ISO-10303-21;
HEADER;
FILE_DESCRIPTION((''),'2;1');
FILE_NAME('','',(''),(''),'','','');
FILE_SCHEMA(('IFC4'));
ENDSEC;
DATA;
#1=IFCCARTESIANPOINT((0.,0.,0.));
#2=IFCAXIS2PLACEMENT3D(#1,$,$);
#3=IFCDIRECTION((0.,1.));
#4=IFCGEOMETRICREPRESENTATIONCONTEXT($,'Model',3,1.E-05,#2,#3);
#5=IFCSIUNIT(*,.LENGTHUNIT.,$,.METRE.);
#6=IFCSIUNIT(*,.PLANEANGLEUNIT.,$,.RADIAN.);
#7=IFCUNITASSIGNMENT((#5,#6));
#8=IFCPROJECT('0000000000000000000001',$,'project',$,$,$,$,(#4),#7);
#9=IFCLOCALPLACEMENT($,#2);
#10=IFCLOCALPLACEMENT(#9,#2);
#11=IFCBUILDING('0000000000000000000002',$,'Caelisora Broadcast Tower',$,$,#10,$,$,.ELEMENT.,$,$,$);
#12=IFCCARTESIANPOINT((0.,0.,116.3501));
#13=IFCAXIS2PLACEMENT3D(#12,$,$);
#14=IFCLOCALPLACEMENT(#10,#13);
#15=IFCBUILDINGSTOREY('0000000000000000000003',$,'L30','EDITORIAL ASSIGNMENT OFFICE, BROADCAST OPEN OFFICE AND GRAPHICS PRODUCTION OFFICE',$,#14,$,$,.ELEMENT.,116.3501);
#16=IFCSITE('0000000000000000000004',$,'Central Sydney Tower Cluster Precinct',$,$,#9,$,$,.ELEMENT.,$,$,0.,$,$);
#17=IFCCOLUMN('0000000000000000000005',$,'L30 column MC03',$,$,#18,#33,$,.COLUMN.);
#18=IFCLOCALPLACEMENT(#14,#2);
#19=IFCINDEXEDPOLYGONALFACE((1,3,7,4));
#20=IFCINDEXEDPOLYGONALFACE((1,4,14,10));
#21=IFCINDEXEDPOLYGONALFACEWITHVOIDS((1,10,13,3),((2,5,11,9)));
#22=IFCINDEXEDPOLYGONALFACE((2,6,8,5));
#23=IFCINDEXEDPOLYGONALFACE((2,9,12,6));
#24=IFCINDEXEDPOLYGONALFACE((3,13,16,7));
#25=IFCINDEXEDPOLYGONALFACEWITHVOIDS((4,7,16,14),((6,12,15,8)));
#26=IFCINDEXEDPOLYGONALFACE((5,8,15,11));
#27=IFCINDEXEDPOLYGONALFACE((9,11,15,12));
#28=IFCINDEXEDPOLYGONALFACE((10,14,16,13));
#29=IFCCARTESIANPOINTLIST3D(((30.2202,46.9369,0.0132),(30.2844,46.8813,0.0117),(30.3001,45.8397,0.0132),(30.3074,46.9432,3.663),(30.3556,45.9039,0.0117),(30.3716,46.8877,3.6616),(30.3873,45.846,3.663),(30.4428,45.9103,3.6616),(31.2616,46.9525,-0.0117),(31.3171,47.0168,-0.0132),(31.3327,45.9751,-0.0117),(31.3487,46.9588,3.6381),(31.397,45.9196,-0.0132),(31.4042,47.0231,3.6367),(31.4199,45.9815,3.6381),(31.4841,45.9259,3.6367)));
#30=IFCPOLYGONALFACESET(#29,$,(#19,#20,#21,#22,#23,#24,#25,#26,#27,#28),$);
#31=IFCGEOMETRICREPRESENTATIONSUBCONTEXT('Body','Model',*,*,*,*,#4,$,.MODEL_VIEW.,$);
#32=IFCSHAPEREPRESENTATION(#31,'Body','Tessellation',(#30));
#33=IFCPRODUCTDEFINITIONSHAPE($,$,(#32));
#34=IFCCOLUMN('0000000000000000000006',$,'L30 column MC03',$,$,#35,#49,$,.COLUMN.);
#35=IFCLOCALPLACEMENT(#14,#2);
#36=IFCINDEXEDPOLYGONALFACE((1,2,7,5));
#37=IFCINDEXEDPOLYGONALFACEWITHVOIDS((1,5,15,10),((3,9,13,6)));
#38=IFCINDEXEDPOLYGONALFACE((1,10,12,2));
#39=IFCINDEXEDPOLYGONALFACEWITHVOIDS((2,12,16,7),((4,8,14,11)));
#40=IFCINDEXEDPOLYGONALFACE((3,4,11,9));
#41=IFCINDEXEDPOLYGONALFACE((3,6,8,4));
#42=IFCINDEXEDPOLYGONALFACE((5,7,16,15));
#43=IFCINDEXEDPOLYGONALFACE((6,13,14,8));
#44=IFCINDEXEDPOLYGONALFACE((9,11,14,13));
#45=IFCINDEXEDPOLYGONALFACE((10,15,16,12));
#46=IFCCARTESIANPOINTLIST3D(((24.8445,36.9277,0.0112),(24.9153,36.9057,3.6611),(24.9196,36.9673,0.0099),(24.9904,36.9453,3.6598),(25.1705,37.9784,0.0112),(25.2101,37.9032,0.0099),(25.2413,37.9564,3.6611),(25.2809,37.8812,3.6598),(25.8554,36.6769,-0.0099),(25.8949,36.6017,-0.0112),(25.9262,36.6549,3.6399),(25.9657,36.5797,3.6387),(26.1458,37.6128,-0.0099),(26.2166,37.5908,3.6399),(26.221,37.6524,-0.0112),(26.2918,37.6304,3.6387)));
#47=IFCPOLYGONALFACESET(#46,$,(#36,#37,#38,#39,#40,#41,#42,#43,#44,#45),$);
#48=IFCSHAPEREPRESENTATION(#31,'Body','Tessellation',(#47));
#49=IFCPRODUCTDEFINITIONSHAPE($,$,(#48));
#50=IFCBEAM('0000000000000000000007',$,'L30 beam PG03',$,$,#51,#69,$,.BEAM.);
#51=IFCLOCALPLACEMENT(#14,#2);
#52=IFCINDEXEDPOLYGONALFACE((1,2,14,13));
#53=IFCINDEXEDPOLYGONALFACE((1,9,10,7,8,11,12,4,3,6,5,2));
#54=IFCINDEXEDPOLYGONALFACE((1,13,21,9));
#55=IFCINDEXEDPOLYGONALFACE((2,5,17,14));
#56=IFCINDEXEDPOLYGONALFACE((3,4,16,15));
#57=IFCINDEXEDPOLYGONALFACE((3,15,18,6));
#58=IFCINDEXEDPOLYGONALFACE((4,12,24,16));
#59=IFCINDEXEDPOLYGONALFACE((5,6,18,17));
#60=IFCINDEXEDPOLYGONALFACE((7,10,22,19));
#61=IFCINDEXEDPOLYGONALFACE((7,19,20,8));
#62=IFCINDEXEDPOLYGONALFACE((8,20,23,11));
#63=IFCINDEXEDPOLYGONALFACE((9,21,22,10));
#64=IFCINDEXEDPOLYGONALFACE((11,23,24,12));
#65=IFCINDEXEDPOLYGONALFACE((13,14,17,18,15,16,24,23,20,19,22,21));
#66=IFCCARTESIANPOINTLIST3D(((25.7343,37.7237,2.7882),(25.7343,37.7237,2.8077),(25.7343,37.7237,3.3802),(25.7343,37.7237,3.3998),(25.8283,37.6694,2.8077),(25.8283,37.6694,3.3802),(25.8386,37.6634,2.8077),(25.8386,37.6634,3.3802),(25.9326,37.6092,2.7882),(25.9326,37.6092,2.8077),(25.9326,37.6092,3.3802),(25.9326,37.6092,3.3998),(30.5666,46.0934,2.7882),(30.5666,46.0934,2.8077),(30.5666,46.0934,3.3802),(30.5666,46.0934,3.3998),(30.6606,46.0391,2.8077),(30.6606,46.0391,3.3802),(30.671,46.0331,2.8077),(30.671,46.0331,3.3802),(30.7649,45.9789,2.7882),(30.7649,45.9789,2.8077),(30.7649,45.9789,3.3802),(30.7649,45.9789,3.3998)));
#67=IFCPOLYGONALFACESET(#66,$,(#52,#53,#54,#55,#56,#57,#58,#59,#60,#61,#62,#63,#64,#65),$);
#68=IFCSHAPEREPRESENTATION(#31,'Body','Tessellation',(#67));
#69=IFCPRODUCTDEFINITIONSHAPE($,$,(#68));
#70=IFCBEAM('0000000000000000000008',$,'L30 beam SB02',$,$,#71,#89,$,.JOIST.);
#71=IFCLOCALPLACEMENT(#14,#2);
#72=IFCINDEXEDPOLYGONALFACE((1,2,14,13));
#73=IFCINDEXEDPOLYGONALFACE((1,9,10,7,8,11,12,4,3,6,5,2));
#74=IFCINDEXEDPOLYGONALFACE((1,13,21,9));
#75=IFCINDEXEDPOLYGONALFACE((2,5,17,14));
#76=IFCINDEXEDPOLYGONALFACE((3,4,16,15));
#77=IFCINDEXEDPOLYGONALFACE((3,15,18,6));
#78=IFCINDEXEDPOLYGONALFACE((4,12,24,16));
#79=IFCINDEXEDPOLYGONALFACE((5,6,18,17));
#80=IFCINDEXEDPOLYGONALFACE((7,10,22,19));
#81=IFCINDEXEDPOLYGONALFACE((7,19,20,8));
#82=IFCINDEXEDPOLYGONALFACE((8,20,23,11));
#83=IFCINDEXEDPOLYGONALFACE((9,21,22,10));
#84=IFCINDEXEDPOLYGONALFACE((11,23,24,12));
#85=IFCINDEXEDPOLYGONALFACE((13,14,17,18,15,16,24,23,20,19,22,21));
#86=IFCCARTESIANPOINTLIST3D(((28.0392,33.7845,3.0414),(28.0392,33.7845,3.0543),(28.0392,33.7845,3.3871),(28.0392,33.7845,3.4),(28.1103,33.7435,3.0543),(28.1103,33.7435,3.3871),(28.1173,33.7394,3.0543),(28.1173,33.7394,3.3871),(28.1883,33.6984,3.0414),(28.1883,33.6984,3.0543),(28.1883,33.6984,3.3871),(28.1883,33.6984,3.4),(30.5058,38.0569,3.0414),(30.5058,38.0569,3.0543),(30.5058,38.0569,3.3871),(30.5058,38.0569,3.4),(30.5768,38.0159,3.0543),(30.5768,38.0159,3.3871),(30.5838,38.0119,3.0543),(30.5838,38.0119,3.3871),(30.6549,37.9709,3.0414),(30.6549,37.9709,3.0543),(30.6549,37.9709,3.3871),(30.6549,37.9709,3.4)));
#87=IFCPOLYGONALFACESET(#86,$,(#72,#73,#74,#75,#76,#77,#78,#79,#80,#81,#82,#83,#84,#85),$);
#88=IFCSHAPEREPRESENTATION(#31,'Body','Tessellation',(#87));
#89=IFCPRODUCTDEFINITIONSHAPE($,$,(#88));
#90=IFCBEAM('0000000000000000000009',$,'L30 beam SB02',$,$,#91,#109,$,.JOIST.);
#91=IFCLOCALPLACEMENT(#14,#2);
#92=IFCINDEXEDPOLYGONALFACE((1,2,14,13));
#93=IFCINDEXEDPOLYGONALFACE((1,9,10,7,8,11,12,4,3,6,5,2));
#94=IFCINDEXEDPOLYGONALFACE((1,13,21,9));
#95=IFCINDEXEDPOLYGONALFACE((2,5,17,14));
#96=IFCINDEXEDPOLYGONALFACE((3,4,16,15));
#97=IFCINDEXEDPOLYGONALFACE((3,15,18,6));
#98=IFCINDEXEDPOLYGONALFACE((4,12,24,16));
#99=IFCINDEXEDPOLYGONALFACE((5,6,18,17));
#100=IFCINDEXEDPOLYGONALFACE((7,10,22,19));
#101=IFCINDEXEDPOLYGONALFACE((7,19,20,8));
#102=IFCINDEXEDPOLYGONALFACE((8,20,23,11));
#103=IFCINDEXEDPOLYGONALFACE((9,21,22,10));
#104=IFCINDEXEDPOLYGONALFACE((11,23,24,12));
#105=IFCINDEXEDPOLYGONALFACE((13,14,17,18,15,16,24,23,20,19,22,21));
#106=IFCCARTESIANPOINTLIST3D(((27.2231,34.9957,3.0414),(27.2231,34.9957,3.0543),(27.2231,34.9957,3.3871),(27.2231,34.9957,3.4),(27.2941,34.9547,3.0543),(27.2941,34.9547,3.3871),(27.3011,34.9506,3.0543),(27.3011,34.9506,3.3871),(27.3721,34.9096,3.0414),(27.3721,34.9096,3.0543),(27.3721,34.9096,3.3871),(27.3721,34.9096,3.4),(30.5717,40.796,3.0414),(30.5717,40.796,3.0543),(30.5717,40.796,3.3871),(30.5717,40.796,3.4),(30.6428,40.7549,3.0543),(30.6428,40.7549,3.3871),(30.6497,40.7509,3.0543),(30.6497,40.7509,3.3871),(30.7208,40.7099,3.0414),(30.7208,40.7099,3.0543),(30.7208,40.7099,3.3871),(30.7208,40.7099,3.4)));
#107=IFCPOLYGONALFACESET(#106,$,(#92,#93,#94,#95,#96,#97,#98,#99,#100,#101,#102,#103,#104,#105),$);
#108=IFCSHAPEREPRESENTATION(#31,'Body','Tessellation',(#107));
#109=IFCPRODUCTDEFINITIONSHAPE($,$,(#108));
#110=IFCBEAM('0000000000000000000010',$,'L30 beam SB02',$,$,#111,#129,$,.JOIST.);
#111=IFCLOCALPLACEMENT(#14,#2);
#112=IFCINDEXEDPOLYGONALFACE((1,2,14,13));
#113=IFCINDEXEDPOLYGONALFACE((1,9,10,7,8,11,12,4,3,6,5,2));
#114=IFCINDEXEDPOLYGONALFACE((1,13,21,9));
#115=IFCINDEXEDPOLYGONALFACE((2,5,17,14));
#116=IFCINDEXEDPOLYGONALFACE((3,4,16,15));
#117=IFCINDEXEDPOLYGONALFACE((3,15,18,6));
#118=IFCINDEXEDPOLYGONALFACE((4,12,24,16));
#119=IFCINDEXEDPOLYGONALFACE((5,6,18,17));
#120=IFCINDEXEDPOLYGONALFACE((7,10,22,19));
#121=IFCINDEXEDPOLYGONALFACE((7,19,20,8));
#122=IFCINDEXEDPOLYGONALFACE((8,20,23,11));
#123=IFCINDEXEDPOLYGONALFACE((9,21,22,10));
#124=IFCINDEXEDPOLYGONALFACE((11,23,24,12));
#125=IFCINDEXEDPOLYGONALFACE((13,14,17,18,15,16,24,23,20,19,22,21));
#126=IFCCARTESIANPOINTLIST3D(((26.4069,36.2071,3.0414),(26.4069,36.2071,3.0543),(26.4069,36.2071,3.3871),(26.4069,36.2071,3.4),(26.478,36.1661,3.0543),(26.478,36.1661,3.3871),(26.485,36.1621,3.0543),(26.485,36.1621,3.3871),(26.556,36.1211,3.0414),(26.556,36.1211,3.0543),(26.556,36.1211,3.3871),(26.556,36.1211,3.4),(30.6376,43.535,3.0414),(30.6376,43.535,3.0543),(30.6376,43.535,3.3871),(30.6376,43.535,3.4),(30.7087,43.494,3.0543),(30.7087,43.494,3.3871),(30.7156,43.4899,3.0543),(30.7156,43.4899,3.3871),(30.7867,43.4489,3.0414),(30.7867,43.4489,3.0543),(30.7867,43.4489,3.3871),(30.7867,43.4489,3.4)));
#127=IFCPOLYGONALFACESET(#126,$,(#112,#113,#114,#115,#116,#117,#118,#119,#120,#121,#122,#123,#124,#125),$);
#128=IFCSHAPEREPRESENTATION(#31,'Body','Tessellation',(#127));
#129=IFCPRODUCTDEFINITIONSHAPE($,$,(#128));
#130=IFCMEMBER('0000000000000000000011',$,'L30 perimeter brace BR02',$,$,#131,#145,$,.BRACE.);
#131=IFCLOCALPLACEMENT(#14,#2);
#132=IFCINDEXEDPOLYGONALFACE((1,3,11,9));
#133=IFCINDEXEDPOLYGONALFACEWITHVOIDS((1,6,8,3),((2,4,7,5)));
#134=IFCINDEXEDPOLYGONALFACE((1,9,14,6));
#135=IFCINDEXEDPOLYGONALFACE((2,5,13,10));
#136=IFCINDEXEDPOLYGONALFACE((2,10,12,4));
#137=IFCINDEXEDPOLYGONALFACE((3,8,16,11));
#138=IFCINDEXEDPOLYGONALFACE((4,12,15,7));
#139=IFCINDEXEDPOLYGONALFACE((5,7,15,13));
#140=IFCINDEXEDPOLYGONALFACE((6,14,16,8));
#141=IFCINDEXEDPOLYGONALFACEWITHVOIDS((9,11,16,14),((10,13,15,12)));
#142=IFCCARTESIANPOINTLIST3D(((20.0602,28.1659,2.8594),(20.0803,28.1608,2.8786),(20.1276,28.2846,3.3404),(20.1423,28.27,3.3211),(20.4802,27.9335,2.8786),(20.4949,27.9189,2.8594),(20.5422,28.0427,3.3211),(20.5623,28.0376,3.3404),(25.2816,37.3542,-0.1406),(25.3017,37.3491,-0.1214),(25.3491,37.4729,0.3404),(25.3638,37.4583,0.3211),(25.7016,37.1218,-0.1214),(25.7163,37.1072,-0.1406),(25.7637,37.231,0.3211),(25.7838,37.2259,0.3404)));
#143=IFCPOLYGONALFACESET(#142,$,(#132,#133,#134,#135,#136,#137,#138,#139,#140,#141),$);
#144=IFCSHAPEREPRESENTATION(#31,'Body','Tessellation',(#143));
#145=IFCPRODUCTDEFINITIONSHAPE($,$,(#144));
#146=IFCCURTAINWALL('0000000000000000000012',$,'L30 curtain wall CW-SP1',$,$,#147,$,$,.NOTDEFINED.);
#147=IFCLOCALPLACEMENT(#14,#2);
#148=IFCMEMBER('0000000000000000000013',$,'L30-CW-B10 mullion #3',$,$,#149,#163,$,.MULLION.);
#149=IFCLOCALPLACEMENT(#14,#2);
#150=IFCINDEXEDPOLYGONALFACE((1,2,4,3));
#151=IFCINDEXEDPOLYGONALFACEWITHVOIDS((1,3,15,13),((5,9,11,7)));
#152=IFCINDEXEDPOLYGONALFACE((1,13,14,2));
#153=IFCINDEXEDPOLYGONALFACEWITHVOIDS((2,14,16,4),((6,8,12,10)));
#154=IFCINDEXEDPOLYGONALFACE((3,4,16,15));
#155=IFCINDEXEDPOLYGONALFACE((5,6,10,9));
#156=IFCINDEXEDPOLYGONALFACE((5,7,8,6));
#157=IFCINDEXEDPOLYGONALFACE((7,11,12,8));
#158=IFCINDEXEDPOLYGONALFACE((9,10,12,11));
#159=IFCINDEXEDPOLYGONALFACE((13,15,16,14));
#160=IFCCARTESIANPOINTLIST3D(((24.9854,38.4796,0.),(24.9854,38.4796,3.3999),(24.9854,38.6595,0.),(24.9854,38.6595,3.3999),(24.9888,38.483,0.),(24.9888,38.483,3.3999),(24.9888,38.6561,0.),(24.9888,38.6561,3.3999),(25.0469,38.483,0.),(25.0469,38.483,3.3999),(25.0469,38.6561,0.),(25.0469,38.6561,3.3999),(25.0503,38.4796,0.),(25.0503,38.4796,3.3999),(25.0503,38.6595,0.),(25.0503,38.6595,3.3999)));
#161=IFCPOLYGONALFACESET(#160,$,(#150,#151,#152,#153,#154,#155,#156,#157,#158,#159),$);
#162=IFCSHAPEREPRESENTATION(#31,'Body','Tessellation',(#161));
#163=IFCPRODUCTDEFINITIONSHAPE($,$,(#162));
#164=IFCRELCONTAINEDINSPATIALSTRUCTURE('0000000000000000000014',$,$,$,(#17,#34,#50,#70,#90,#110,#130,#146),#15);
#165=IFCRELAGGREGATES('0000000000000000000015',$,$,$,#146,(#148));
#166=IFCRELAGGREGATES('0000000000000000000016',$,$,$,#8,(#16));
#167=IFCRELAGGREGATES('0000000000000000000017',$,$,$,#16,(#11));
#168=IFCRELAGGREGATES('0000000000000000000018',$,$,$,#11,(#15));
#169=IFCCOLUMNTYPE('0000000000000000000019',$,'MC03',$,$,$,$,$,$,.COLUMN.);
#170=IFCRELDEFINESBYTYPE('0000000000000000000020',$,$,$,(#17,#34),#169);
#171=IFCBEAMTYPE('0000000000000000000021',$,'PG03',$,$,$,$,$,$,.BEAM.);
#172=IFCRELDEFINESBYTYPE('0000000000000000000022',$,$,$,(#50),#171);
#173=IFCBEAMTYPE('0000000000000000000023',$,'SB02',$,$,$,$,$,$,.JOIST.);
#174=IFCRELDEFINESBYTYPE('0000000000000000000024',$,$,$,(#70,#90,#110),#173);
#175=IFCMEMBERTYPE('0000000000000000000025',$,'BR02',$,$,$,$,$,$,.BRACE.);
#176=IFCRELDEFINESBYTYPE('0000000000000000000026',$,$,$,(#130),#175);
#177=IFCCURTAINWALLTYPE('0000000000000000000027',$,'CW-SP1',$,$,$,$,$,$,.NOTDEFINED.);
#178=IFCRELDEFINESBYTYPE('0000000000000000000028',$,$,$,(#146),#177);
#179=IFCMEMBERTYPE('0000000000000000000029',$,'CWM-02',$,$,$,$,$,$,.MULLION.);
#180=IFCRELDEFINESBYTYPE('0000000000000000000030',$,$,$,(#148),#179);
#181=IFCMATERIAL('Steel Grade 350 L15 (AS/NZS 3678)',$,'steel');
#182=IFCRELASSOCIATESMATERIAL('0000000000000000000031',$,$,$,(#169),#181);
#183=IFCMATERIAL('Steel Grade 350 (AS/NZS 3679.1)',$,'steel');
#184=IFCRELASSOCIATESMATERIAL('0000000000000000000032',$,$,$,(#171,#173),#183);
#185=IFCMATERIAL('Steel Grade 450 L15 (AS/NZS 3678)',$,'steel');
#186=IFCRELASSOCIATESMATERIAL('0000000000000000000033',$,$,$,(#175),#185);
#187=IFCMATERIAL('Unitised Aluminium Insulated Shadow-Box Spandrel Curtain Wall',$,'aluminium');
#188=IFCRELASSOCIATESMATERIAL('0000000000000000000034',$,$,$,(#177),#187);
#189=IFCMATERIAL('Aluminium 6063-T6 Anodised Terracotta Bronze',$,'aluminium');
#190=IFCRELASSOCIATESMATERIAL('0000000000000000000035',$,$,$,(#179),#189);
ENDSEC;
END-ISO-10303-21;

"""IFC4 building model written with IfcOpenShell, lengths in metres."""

from ifc_helpers import new_model, si_unit, direction, frame, origin, origin_2d, place, context, subcontext, project, spatial, hollow_rectangle, i_section, extrude, source, transform, mapped, material, material_profile, profile_set, type_object, type_shapes, element, aggregate, save


model = new_model("IFC4")

# Units and contexts
model_context = context("Model", 3, precision=1e-05, world=origin(), true_north=direction((0.0, 1.0)))
body_context = subcontext(model_context, "Body", "Model", "MODEL_VIEW")
ifc_project = project(units=[si_unit("LENGTHUNIT", "METRE"), si_unit("PLANEANGLEUNIT", "RADIAN")], contexts=[model_context])

# Site, building, storey
site_placement = place(None, origin())
site = spatial("IfcSite", under=ifc_project, at=site_placement, Name="Central Sydney Tower Cluster Precinct", CompositionType="ELEMENT", RefElevation=0.0)
building_placement = place(site_placement, origin())
building = spatial("IfcBuilding", under=site, at=building_placement, Name="Caelisora Broadcast Tower", CompositionType="ELEMENT")
storey_placement = place(building_placement, frame((0.0, 0.0, 116.3501)))
storey = spatial("IfcBuildingStorey", under=building, at=storey_placement, Name="L30", Description="EDITORIAL ASSIGNMENT OFFICE, BROADCAST OPEN OFFICE AND GRAPHICS PRODUCTION OFFICE", CompositionType="ELEMENT", Elevation=116.3501)

# Columns
ifc_material_1 = material(Name="Steel Grade 350 L15 (AS/NZS 3678)", Category="steel")
ifc_material_profile_1 = material_profile(ifc_material_1, hollow_rectangle(XDim=1.1001, YDim=1.1001, WallThickness=0.0601, at=origin_2d()), Name="Steel Grade 350 L15 (AS/NZS 3678)")
ifc_profile_set_1 = profile_set([ifc_material_profile_1], Name="Steel Grade 350 L15 (AS/NZS 3678)")
column_type = type_object("IfcColumnType", Name="MC03", PredefinedType="COLUMN", material=ifc_profile_set_1)
shared_shape_1 = source(origin(), body_context, "Body", "SweptSolid", [
    extrude(hollow_rectangle(XDim=1.1001, YDim=1.1001, WallThickness=0.0601, at=origin_2d()), origin(), (0.0, 0.0, 1.0), 3.6509),
])
column_1_placement = place(storey_placement, frame((30.8086, 46.4282, 0.0), z_axis=(0.023873, 0.001739, 0.999713), x_axis=(-0.072637, 0.997358, 0.0)))
element("IfcColumn", 1, at=column_1_placement, inside=storey, type_object=column_type, Name="L30 column MC03", PredefinedType="COLUMN", context=body_context, shape_type="MappedRepresentation", body=[
    mapped(shared_shape_1, transform((0.0, 0.0, 0.0), scale=1.0)),
])
shared_shape_2 = source(origin(), body_context, "Body", "SweptSolid", [
    extrude(hollow_rectangle(XDim=1.1001, YDim=1.1001, WallThickness=0.0601, at=origin_2d()), origin(), (0.0, 0.0, 1.0), 3.6506),
])
type_shapes(column_type, [shared_shape_1, shared_shape_2])
column_2_placement = place(storey_placement, frame((25.5327, 37.29, 0.0), z_axis=(0.019394, -0.006019, 0.999794), x_axis=(0.296399, 0.955064, 0.0)))
element("IfcColumn", 2, at=column_2_placement, inside=storey, type_object=column_type, Name="L30 column MC03", PredefinedType="COLUMN", context=body_context, shape_type="MappedRepresentation", body=[
    mapped(shared_shape_2, transform((0.0, 0.0, 0.0), scale=1.0)),
])

# Beams
ifc_material_2 = material(Name="Steel Grade 350 (AS/NZS 3679.1)", Category="steel")
ifc_material_profile_2 = material_profile(ifc_material_2, i_section(OverallWidth=0.229, OverallDepth=0.6116, WebThickness=0.012, FlangeThickness=0.0195, at=origin_2d()), Name="Steel Grade 350 (AS/NZS 3679.1)")
ifc_profile_set_2 = profile_set([ifc_material_profile_2], Name="Steel Grade 350 (AS/NZS 3679.1)")
beam_type_1 = type_object("IfcBeamType", Name="PG03", PredefinedType="BEAM", material=ifc_profile_set_2)
shared_shape_3 = source(origin(), body_context, "Body", "SweptSolid", [
    extrude(i_section(OverallWidth=0.229, OverallDepth=0.6116, WebThickness=0.012, FlangeThickness=0.0195, at=origin_2d()), origin(), (0.0, 0.0, 1.0), 9.6646),
])
type_shapes(beam_type_1, [shared_shape_3])
beam_1_placement = place(storey_placement, frame((30.6658, 46.0361, 3.094), z_axis=(-0.500005, -0.866022, 0.0), x_axis=(0.866022, -0.500005, 0.0)))
element("IfcBeam", 3, at=beam_1_placement, inside=storey, type_object=beam_type_1, Name="L30 beam PG03", PredefinedType="BEAM", context=body_context, shape_type="MappedRepresentation", body=[
    mapped(shared_shape_3, transform((0.0, 0.0, 0.0), scale=1.0)),
])
ifc_material_profile_3 = material_profile(ifc_material_2, i_section(OverallWidth=0.1721, OverallDepth=0.3586, WebThickness=0.0081, FlangeThickness=0.0129, at=origin_2d()), Name="Steel Grade 350 (AS/NZS 3679.1)")
ifc_profile_set_3 = profile_set([ifc_material_profile_3], Name="Steel Grade 350 (AS/NZS 3679.1)")
beam_type_2 = type_object("IfcBeamType", Name="SB02", PredefinedType="JOIST", material=ifc_profile_set_3)
shared_shape_4 = source(origin(), body_context, "Body", "SweptSolid", [
    extrude(i_section(OverallWidth=0.1721, OverallDepth=0.3586, WebThickness=0.0081, FlangeThickness=0.0129, at=origin_2d()), origin(), (0.0, 0.0, 1.0), 4.9333),
])
beam_2_placement = place(storey_placement, frame((30.5803, 38.0139, 3.2207), z_axis=(-0.499977, -0.866039, 0.0), x_axis=(0.866039, -0.499977, 0.0)))
element("IfcBeam", 4, at=beam_2_placement, inside=storey, type_object=beam_type_2, Name="L30 beam SB02", PredefinedType="JOIST", context=body_context, shape_type="MappedRepresentation", body=[
    mapped(shared_shape_4, transform((0.0, 0.0, 0.0), scale=1.0)),
])
shared_shape_5 = source(origin(), body_context, "Body", "SweptSolid", [
    extrude(i_section(OverallWidth=0.1721, OverallDepth=0.3586, WebThickness=0.0081, FlangeThickness=0.0129, at=origin_2d()), origin(), (0.0, 0.0, 1.0), 6.6975),
])
beam_3_placement = place(storey_placement, frame((30.6462, 40.7529, 3.2207), z_axis=(-0.499981, -0.866036, 0.0), x_axis=(0.866036, -0.499981, 0.0)))
element("IfcBeam", 5, at=beam_3_placement, inside=storey, type_object=beam_type_2, Name="L30 beam SB02", PredefinedType="JOIST", context=body_context, shape_type="MappedRepresentation", body=[
    mapped(shared_shape_5, transform((0.0, 0.0, 0.0), scale=1.0)),
])
shared_shape_6 = source(origin(), body_context, "Body", "SweptSolid", [
    extrude(i_section(OverallWidth=0.1721, OverallDepth=0.3586, WebThickness=0.0081, FlangeThickness=0.0129, at=origin_2d()), origin(), (0.0, 0.0, 1.0), 8.4614),
])
type_shapes(beam_type_2, [shared_shape_4, shared_shape_5, shared_shape_6])
beam_4_placement = place(storey_placement, frame((30.7122, 43.4919, 3.2207), z_axis=(-0.499996, -0.866028, 0.0), x_axis=(0.866028, -0.499996, 0.0)))
element("IfcBeam", 6, at=beam_4_placement, inside=storey, type_object=beam_type_2, Name="L30 beam SB02", PredefinedType="JOIST", context=body_context, shape_type="MappedRepresentation", body=[
    mapped(shared_shape_6, transform((0.0, 0.0, 0.0), scale=1.0)),
])

# Member
ifc_material_3 = material(Name="Steel Grade 450 L15 (AS/NZS 3678)", Category="steel")
ifc_material_profile_4 = material_profile(ifc_material_3, hollow_rectangle(XDim=0.5, YDim=0.5, WallThickness=0.02, at=origin_2d()), Name="Steel Grade 450 L15 (AS/NZS 3678)")
ifc_profile_set_4 = profile_set([ifc_material_profile_4], Name="Steel Grade 450 L15 (AS/NZS 3678)")
member_type_1 = type_object("IfcMemberType", Name="BR02", PredefinedType="BRACE", material=ifc_profile_set_4)
shared_shape_7 = source(origin(), body_context, "Body", "SweptSolid", [
    extrude(hollow_rectangle(XDim=0.5, YDim=0.5, WallThickness=0.02, at=origin_2d()), origin(), (0.0, 0.0, 1.0), 10.9858),
])
type_shapes(member_type_1, [shared_shape_7])
member_1_placement = place(storey_placement, frame((25.5327, 37.29, 0.0999), z_axis=(-0.475291, -0.836376, 0.273081), x_axis=(0.869422, -0.49407, 0.0)))
element("IfcMember", 7, at=member_1_placement, inside=storey, type_object=member_type_1, Name="L30 perimeter brace BR02", PredefinedType="BRACE", context=body_context, shape_type="MappedRepresentation", body=[
    mapped(shared_shape_7, transform((0.0, 0.0, 0.0), scale=1.0)),
])

# Curtain wall, member
ifc_material_4 = material(Name="Unitised Aluminium Insulated Shadow-Box Spandrel Curtain Wall", Category="aluminium")
curtain_wall_type_1 = type_object("IfcCurtainWallType", Name="CW-SP1", PredefinedType="NOTDEFINED", material=ifc_material_4)
curtain_wall_1_placement = place(storey_placement, origin())
curtain_wall_1 = element("IfcCurtainWall", 8, at=curtain_wall_1_placement, inside=storey, type_object=curtain_wall_type_1, Name="L30 curtain wall CW-SP1", PredefinedType="NOTDEFINED")
ifc_material_5 = material(Name="Aluminium 6063-T6 Anodised Terracotta Bronze", Category="aluminium")
ifc_material_profile_5 = material_profile(ifc_material_5, hollow_rectangle(XDim=0.0649, YDim=0.1799, WallThickness=0.0034, at=origin_2d()), Name="Aluminium 6063-T6 Anodised Terracotta Bronze")
ifc_profile_set_5 = profile_set([ifc_material_profile_5], Name="Aluminium 6063-T6 Anodised Terracotta Bronze")
member_type_2 = type_object("IfcMemberType", Name="CWM-02", PredefinedType="MULLION", material=ifc_profile_set_5)
shared_shape_8 = source(origin(), body_context, "Body", "SweptSolid", [
    extrude(hollow_rectangle(XDim=0.0649, YDim=0.1799, WallThickness=0.0034, at=origin_2d()), origin(), (0.0, 0.0, 1.0), 3.3999),
])
type_shapes(member_type_2, [shared_shape_8])
member_2_placement = place(storey_placement, frame((25.0178, 38.5696, 0.0), z_axis=(0.0, 0.0, 1.0), x_axis=(1.0, 0.0, 0.0)))
member_2 = element("IfcMember", 9, at=member_2_placement, type_object=member_type_2, Name="L30-CW-B10 mullion #3", PredefinedType="MULLION", context=body_context, shape_type="MappedRepresentation", body=[
    mapped(shared_shape_8, transform((0.0, 0.0, 0.0), scale=1.0)),
])
aggregate(curtain_wall_1, [member_2])

save(model, "model.ifc")
